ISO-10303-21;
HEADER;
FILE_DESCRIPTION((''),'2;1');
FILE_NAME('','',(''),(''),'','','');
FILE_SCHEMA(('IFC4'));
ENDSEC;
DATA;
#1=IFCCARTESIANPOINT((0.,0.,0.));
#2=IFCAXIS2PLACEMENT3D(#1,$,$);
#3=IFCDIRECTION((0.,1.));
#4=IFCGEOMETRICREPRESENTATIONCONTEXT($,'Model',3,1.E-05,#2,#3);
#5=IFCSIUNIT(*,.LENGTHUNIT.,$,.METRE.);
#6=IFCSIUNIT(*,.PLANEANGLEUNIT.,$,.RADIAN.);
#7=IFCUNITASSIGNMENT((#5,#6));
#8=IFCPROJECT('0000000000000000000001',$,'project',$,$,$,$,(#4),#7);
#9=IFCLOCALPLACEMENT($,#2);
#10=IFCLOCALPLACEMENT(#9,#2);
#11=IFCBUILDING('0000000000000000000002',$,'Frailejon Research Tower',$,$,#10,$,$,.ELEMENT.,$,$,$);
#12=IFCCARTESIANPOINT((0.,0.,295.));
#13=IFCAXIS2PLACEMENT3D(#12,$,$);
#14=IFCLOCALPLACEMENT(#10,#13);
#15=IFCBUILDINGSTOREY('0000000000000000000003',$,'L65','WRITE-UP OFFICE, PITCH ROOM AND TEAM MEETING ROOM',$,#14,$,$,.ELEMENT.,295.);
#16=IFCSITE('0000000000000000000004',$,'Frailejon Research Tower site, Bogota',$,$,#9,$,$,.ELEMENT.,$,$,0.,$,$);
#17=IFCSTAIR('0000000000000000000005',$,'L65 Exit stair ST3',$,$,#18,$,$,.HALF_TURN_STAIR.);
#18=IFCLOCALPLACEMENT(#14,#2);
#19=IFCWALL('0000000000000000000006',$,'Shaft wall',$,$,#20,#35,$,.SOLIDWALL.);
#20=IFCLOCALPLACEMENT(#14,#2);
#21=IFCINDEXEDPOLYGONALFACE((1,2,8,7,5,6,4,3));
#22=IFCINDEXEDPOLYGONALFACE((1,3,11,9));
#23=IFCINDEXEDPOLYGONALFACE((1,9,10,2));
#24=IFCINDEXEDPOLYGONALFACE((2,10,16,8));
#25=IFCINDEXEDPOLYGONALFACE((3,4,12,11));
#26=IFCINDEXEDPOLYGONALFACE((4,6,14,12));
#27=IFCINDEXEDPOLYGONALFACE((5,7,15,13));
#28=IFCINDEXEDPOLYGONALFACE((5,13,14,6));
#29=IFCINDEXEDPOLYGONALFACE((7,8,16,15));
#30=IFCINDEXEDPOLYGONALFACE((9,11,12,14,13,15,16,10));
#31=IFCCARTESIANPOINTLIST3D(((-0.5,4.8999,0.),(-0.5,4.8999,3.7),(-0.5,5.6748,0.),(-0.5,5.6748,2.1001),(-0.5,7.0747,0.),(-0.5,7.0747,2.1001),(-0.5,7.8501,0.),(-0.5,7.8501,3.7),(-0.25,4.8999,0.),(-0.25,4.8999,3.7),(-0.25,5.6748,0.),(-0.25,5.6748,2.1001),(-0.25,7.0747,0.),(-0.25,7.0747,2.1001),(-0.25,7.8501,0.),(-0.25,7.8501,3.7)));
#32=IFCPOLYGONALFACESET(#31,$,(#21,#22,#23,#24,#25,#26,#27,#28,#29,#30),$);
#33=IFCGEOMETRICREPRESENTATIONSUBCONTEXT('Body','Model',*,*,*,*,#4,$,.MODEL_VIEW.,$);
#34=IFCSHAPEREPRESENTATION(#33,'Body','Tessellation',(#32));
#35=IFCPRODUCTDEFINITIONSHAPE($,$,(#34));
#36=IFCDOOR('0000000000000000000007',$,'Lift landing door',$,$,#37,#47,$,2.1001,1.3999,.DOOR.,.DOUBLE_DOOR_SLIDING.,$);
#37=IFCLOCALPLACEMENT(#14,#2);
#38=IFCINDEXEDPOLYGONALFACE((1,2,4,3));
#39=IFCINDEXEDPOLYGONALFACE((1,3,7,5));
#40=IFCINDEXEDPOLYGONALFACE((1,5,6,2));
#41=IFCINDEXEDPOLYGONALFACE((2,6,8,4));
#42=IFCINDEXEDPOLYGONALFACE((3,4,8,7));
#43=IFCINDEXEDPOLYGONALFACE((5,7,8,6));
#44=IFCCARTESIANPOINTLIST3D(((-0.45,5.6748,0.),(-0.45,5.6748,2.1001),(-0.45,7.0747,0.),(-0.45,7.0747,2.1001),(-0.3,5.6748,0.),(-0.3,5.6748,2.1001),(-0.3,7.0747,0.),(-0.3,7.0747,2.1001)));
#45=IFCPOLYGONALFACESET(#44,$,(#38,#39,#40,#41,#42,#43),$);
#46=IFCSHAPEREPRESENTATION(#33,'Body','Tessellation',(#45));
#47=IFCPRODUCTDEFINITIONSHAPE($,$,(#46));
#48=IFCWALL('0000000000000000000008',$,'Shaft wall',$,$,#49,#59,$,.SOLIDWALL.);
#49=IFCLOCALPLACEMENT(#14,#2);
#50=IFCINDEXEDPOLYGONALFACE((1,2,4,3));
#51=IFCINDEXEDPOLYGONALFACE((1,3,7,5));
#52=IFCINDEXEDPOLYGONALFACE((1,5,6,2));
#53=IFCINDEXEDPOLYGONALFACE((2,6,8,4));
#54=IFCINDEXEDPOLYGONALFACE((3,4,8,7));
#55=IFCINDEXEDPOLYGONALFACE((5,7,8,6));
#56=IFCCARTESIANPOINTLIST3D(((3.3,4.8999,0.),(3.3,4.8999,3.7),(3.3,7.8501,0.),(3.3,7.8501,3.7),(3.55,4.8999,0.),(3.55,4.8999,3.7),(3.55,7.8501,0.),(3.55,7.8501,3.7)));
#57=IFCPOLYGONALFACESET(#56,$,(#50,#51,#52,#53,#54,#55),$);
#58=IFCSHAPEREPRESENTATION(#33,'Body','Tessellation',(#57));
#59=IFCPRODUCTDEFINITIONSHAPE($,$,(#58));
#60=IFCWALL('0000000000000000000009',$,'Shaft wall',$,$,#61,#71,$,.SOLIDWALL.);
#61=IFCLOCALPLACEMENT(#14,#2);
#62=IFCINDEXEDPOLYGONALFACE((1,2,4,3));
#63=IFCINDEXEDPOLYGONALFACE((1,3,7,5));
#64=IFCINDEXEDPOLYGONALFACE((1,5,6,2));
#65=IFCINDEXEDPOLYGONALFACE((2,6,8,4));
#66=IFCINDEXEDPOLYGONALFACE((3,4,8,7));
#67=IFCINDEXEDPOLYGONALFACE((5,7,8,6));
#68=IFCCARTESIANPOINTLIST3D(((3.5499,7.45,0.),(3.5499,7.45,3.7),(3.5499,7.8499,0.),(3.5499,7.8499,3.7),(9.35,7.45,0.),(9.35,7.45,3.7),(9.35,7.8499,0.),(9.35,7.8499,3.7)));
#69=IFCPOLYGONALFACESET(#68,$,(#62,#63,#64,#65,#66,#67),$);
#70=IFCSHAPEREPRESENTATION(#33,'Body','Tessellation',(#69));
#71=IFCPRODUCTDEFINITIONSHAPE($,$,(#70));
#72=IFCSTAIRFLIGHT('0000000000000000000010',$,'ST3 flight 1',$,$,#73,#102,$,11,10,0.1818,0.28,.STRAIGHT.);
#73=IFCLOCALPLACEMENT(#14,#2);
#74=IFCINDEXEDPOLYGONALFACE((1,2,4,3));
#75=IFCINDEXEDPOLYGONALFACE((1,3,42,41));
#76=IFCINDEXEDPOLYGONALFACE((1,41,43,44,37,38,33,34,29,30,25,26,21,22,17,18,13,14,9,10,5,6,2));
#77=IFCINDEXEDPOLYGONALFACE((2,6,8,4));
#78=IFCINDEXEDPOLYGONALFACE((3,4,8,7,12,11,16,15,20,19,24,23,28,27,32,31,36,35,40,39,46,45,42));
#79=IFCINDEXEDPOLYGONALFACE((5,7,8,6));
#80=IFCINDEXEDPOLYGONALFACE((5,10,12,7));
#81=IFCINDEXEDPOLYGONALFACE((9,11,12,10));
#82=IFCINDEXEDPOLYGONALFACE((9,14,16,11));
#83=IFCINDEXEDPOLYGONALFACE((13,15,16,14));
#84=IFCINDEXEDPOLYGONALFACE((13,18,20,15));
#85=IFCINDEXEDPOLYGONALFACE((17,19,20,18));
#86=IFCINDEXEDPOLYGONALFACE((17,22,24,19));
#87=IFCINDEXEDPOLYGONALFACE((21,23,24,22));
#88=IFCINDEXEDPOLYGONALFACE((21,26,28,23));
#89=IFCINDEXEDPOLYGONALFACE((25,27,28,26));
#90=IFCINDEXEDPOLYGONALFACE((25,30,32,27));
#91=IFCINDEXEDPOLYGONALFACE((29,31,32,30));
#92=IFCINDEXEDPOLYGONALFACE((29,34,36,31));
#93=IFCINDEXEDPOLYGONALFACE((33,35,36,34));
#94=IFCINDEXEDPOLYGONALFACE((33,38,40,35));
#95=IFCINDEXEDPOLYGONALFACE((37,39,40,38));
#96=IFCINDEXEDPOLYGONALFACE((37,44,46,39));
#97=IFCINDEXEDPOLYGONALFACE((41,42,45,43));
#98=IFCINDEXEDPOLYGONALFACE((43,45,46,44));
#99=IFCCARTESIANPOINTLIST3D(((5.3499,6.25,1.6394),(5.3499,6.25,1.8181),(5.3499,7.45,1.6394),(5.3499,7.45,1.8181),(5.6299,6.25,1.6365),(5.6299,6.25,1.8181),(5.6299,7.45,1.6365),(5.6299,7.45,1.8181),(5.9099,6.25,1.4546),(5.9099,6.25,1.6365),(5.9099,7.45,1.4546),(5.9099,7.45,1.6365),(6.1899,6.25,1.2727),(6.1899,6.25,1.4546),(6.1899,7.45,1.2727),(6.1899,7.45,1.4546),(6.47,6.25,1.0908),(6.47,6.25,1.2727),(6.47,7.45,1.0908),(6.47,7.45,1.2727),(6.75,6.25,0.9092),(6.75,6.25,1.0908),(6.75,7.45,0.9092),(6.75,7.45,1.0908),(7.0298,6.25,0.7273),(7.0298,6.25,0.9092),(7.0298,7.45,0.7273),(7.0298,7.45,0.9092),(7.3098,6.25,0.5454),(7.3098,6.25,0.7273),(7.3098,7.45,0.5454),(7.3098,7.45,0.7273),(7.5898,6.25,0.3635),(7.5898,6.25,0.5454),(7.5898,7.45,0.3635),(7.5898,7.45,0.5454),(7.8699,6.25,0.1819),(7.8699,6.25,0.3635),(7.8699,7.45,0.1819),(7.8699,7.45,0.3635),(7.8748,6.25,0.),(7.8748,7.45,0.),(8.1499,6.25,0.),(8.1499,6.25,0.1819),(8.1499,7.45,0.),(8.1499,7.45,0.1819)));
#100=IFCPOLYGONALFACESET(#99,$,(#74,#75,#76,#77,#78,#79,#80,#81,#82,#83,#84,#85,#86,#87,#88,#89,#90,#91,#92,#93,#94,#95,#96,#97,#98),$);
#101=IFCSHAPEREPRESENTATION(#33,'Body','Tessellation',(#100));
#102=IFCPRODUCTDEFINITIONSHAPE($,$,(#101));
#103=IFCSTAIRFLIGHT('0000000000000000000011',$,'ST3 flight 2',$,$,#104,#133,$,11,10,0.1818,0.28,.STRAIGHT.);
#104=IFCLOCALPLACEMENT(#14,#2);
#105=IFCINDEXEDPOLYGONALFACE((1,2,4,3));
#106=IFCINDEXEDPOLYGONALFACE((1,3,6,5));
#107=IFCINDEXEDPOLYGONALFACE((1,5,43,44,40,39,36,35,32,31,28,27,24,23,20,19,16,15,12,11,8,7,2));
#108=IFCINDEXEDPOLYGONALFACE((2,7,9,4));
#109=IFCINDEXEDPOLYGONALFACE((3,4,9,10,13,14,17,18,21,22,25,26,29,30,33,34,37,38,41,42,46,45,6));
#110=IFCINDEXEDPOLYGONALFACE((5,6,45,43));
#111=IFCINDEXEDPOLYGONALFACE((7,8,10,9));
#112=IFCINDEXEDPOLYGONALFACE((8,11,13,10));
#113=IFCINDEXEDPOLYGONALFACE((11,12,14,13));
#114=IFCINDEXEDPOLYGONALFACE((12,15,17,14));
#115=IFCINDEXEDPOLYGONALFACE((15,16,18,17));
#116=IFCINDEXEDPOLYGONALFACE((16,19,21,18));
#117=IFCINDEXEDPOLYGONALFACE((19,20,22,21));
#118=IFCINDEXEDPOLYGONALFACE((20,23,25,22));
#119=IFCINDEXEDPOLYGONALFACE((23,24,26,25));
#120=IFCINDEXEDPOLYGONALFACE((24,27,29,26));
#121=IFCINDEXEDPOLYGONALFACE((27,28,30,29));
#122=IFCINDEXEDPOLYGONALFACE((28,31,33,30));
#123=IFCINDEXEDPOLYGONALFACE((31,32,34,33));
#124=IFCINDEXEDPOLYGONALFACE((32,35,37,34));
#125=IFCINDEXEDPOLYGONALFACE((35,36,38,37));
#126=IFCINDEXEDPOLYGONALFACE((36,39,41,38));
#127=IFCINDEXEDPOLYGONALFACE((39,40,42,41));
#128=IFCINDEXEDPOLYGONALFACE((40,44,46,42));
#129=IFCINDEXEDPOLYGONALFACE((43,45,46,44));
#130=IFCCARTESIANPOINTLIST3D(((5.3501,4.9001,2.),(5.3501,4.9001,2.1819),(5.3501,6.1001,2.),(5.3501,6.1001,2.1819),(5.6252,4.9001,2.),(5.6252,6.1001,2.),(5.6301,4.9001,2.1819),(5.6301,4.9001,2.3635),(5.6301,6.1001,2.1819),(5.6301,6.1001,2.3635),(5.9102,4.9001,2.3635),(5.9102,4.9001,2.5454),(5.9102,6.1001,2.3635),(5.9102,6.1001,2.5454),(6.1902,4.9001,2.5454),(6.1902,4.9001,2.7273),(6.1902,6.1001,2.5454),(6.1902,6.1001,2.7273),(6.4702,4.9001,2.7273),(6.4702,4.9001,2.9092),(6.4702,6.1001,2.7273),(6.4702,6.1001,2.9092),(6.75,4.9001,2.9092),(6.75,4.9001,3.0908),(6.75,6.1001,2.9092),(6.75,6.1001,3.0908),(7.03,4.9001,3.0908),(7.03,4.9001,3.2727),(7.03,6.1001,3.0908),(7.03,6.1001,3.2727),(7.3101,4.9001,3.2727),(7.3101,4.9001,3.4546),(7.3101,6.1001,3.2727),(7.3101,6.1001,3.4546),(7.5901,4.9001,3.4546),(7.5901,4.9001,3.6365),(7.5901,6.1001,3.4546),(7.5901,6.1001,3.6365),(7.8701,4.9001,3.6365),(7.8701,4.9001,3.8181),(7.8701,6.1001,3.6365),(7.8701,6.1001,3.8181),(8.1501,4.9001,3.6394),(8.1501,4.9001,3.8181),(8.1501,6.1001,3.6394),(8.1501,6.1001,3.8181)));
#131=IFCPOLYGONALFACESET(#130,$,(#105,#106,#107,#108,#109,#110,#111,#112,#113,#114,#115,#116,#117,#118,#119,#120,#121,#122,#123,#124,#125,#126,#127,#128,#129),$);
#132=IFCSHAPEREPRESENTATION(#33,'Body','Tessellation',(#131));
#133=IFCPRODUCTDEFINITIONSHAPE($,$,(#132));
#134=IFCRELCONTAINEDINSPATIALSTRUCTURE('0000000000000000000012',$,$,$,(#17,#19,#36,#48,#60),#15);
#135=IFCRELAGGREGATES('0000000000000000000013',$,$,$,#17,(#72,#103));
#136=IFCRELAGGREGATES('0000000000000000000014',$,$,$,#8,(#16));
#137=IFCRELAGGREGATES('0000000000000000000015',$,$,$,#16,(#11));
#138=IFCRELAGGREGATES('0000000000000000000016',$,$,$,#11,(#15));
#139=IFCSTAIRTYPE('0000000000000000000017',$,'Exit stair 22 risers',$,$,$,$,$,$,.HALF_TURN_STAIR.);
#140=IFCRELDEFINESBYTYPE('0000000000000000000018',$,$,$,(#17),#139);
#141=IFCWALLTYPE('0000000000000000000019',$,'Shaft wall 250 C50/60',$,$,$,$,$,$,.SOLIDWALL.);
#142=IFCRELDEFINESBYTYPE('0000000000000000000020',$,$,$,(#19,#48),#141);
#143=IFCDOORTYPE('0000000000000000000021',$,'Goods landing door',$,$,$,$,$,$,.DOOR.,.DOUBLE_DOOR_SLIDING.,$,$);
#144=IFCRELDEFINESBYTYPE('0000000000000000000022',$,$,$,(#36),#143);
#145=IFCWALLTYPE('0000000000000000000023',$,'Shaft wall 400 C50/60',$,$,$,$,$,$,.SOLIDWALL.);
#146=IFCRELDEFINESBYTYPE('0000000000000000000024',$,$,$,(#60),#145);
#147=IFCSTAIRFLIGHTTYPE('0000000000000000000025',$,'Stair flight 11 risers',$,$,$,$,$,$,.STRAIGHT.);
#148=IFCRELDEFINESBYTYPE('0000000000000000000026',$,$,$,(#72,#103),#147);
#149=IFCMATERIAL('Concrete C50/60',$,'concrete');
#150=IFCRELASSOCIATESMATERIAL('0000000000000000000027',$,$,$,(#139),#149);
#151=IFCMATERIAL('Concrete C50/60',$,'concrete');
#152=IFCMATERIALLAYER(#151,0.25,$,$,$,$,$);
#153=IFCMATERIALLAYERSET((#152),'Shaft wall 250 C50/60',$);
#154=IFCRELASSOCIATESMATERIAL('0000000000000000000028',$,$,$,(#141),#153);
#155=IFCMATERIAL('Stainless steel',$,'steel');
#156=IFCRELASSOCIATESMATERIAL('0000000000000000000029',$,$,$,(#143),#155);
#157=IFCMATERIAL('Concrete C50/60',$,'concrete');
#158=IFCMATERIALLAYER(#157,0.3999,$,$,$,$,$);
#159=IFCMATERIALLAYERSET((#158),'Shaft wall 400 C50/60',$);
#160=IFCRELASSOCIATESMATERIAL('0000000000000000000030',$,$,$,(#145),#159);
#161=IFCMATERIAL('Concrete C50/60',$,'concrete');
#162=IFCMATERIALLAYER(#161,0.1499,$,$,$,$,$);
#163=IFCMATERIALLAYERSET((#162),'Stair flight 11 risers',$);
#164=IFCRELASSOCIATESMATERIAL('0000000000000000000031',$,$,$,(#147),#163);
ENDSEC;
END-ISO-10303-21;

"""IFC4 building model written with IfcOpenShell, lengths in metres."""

from ifc_helpers import new_model, si_unit, direction, frame, frame_2d, origin, place, context, subcontext, project, spatial, polyline, rectangle, outline, extrude, material, layer, layer_set, type_object, element, fill, aggregate, save


model = new_model("IFC4")

# Units and contexts
model_context = context("Model", 3, precision=1e-05, world=origin(), true_north=direction((0.0, 1.0)))
body_context = subcontext(model_context, "Body", "Model", "MODEL_VIEW")
ifc_project = project(units=[si_unit("LENGTHUNIT", "METRE"), si_unit("PLANEANGLEUNIT", "RADIAN")], contexts=[model_context])

# Site, building, storey
site_placement = place(None, origin())
site = spatial("IfcSite", under=ifc_project, at=site_placement, Name="Frailejon Research Tower site, Bogota", CompositionType="ELEMENT", RefElevation=0.0)
building_placement = place(site_placement, origin())
building = spatial("IfcBuilding", under=site, at=building_placement, Name="Frailejon Research Tower", CompositionType="ELEMENT")
storey_placement = place(building_placement, frame((0.0, 0.0, 295.0)))
storey = spatial("IfcBuildingStorey", under=building, at=storey_placement, Name="L65", Description="WRITE-UP OFFICE, PITCH ROOM AND TEAM MEETING ROOM", CompositionType="ELEMENT", Elevation=295.0)

# Stair
ifc_material_1 = material(Name="Concrete C50/60", Category="concrete")
stair_type = type_object("IfcStairType", Name="Exit stair 22 risers", PredefinedType="HALF_TURN_STAIR", material=ifc_material_1)
stair_placement = place(storey_placement, origin())
stair = element("IfcStair", 1, at=stair_placement, inside=storey, type_object=stair_type, Name="L65 Exit stair ST3", PredefinedType="HALF_TURN_STAIR")

# Wall, opening, door
ifc_material_2 = material(Name="Concrete C50/60", Category="concrete")
ifc_layer_1 = layer(ifc_material_2, 0.25)
ifc_layer_set_1 = layer_set([ifc_layer_1], Name="Shaft wall 250 C50/60")
wall_type_1 = type_object("IfcWallType", Name="Shaft wall 250 C50/60", PredefinedType="SOLIDWALL", material=ifc_layer_set_1)
wall_1_placement = place(storey_placement, frame((-0.375, 4.8999, 0.0), z_axis=(0.0, 0.0, 1.0), x_axis=(0.0, 1.0, 0.0)))
wall_1 = element("IfcWall", 2, at=wall_1_placement, inside=storey, type_object=wall_type_1, Name="Shaft wall", PredefinedType="SOLIDWALL", context=body_context, shape_type="SweptSolid", body=[
    extrude(rectangle(XDim=2.9502, YDim=0.25, at=frame_2d((1.4751, 0.0))), origin(), (0.0, 0.0, 1.0), 3.7),
])
opening_1_placement = place(wall_1_placement, frame((0.7749, 0.0, 0.0)))
opening_1 = element("IfcOpeningElement", 3, at=opening_1_placement, cuts=wall_1, PredefinedType="OPENING", context=body_context, shape_type="SweptSolid", body=[
    extrude(rectangle(XDim=1.3999, YDim=2.1001, at=frame_2d((0.7, 1.05))), frame((0.0, 0.135, 0.0), z_axis=(0.0, -1.0, 0.0), x_axis=(1.0, 0.0, 0.0)), (0.0, 0.0, 1.0), 0.27),
])
ifc_material_3 = material(Name="Stainless steel", Category="steel")
door_type_1 = type_object("IfcDoorType", Name="Goods landing door", OperationType="DOUBLE_DOOR_SLIDING", PredefinedType="DOOR", material=ifc_material_3)
door_1_placement = place(opening_1_placement, origin())
door_1 = element("IfcDoor", 4, at=door_1_placement, inside=storey, type_object=door_type_1, Name="Lift landing door", OperationType="DOUBLE_DOOR_SLIDING", OverallHeight=2.1001, OverallWidth=1.3999, PredefinedType="DOOR", context=body_context, shape_type="SweptSolid", body=[
    extrude(rectangle(XDim=1.3999, YDim=2.1001, at=frame_2d((0.7, 1.05))), frame((0.0, 0.075, 0.0), z_axis=(0.0, -1.0, 0.0), x_axis=(1.0, 0.0, 0.0)), (0.0, 0.0, 1.0), 0.1499),
])
fill(opening_1, door_1)

# Walls
wall_2_placement = place(storey_placement, frame((3.425, 4.8999, 0.0), z_axis=(0.0, 0.0, 1.0), x_axis=(0.0, 1.0, 0.0)))
element("IfcWall", 5, at=wall_2_placement, inside=storey, type_object=wall_type_1, Name="Shaft wall", PredefinedType="SOLIDWALL", context=body_context, shape_type="SweptSolid", body=[
    extrude(rectangle(XDim=2.9502, YDim=0.25, at=frame_2d((1.4751, 0.0))), origin(), (0.0, 0.0, 1.0), 3.7),
])
ifc_material_4 = material(Name="Concrete C50/60", Category="concrete")
ifc_layer_2 = layer(ifc_material_4, 0.3999)
ifc_layer_set_2 = layer_set([ifc_layer_2], Name="Shaft wall 400 C50/60")
wall_type_2 = type_object("IfcWallType", Name="Shaft wall 400 C50/60", PredefinedType="SOLIDWALL", material=ifc_layer_set_2)
wall_3_placement = place(storey_placement, frame((3.55, 7.6499, 0.0), z_axis=(0.0, 0.0, 1.0), x_axis=(1.0, 0.0, 0.0)))
element("IfcWall", 6, at=wall_3_placement, inside=storey, type_object=wall_type_2, Name="Shaft wall", PredefinedType="SOLIDWALL", context=body_context, shape_type="SweptSolid", body=[
    extrude(rectangle(XDim=5.8, YDim=0.3999, at=frame_2d((2.8999, 0.0))), origin(), (0.0, 0.0, 1.0), 3.7),
])

# Stair flights
ifc_material_5 = material(Name="Concrete C50/60", Category="concrete")
ifc_layer_3 = layer(ifc_material_5, 0.1499)
ifc_layer_set_3 = layer_set([ifc_layer_3], Name="Stair flight 11 risers")
stair_flight_type = type_object("IfcStairFlightType", Name="Stair flight 11 risers", PredefinedType="STRAIGHT", material=ifc_layer_set_3)
stair_flight_1_placement = place(storey_placement, frame((8.1499, 6.8501, 0.0), z_axis=(0.0, 0.0, 1.0), x_axis=(-1.0, 0.0, 0.0)))
stair_flight_1 = element("IfcStairFlight", 7, at=stair_flight_1_placement, type_object=stair_flight_type, Name="ST3 flight 1", NumberOfRisers=11, NumberOfTreads=10, PredefinedType="STRAIGHT", RiserHeight=0.1818, TreadLength=0.28, context=body_context, shape_type="SweptSolid", body=[
    extrude(outline(polyline([(0.0, 0.0), (0.0, 0.1819), (0.28, 0.1819), (0.28, 0.3635), (0.5601, 0.3635), (0.5601, 0.5454), (0.8401, 0.5454), (0.8401, 0.7273), (1.1201, 0.7273), (1.1201, 0.9092), (1.3999, 0.9092), (1.3999, 1.0908), (1.6799, 1.0908), (1.6799, 1.2727), (1.96, 1.2727), (1.96, 1.4546), (2.24, 1.4546), (2.24, 1.6365), (2.52, 1.6365), (2.52, 1.8181), (2.8, 1.8181), (2.8, 2.0), (2.8, 1.6394), (0.2751, 0.0), (0.0, 0.0)])), frame((0.0, 0.6001, 0.0), z_axis=(0.0, -1.0, 0.0), x_axis=(1.0, 0.0, 0.0)), (0.0, 0.0, 1.0), 1.2),
])
stair_flight_2_placement = place(storey_placement, frame((5.3501, 5.5, 2.0), z_axis=(0.0, 0.0, 1.0), x_axis=(1.0, 0.0, 0.0)))
stair_flight_2 = element("IfcStairFlight", 8, at=stair_flight_2_placement, type_object=stair_flight_type, Name="ST3 flight 2", NumberOfRisers=11, NumberOfTreads=10, PredefinedType="STRAIGHT", RiserHeight=0.1818, TreadLength=0.28, context=body_context, shape_type="SweptSolid", body=[
    extrude(outline(polyline([(0.0, 0.0), (0.0, 0.1819), (0.28, 0.1819), (0.28, 0.3635), (0.5601, 0.3635), (0.5601, 0.5454), (0.8401, 0.5454), (0.8401, 0.7273), (1.1201, 0.7273), (1.1201, 0.9092), (1.3999, 0.9092), (1.3999, 1.0908), (1.6799, 1.0908), (1.6799, 1.2727), (1.96, 1.2727), (1.96, 1.4546), (2.24, 1.4546), (2.24, 1.6365), (2.52, 1.6365), (2.52, 1.8181), (2.8, 1.8181), (2.8, 2.0), (2.8, 1.6394), (0.2751, 0.0), (0.0, 0.0)])), frame((0.0, 0.6001, 0.0), z_axis=(0.0, -1.0, 0.0), x_axis=(1.0, 0.0, 0.0)), (0.0, 0.0, 1.0), 1.2),
])
aggregate(stair, [stair_flight_1, stair_flight_2])

save(model, "model.ifc")
